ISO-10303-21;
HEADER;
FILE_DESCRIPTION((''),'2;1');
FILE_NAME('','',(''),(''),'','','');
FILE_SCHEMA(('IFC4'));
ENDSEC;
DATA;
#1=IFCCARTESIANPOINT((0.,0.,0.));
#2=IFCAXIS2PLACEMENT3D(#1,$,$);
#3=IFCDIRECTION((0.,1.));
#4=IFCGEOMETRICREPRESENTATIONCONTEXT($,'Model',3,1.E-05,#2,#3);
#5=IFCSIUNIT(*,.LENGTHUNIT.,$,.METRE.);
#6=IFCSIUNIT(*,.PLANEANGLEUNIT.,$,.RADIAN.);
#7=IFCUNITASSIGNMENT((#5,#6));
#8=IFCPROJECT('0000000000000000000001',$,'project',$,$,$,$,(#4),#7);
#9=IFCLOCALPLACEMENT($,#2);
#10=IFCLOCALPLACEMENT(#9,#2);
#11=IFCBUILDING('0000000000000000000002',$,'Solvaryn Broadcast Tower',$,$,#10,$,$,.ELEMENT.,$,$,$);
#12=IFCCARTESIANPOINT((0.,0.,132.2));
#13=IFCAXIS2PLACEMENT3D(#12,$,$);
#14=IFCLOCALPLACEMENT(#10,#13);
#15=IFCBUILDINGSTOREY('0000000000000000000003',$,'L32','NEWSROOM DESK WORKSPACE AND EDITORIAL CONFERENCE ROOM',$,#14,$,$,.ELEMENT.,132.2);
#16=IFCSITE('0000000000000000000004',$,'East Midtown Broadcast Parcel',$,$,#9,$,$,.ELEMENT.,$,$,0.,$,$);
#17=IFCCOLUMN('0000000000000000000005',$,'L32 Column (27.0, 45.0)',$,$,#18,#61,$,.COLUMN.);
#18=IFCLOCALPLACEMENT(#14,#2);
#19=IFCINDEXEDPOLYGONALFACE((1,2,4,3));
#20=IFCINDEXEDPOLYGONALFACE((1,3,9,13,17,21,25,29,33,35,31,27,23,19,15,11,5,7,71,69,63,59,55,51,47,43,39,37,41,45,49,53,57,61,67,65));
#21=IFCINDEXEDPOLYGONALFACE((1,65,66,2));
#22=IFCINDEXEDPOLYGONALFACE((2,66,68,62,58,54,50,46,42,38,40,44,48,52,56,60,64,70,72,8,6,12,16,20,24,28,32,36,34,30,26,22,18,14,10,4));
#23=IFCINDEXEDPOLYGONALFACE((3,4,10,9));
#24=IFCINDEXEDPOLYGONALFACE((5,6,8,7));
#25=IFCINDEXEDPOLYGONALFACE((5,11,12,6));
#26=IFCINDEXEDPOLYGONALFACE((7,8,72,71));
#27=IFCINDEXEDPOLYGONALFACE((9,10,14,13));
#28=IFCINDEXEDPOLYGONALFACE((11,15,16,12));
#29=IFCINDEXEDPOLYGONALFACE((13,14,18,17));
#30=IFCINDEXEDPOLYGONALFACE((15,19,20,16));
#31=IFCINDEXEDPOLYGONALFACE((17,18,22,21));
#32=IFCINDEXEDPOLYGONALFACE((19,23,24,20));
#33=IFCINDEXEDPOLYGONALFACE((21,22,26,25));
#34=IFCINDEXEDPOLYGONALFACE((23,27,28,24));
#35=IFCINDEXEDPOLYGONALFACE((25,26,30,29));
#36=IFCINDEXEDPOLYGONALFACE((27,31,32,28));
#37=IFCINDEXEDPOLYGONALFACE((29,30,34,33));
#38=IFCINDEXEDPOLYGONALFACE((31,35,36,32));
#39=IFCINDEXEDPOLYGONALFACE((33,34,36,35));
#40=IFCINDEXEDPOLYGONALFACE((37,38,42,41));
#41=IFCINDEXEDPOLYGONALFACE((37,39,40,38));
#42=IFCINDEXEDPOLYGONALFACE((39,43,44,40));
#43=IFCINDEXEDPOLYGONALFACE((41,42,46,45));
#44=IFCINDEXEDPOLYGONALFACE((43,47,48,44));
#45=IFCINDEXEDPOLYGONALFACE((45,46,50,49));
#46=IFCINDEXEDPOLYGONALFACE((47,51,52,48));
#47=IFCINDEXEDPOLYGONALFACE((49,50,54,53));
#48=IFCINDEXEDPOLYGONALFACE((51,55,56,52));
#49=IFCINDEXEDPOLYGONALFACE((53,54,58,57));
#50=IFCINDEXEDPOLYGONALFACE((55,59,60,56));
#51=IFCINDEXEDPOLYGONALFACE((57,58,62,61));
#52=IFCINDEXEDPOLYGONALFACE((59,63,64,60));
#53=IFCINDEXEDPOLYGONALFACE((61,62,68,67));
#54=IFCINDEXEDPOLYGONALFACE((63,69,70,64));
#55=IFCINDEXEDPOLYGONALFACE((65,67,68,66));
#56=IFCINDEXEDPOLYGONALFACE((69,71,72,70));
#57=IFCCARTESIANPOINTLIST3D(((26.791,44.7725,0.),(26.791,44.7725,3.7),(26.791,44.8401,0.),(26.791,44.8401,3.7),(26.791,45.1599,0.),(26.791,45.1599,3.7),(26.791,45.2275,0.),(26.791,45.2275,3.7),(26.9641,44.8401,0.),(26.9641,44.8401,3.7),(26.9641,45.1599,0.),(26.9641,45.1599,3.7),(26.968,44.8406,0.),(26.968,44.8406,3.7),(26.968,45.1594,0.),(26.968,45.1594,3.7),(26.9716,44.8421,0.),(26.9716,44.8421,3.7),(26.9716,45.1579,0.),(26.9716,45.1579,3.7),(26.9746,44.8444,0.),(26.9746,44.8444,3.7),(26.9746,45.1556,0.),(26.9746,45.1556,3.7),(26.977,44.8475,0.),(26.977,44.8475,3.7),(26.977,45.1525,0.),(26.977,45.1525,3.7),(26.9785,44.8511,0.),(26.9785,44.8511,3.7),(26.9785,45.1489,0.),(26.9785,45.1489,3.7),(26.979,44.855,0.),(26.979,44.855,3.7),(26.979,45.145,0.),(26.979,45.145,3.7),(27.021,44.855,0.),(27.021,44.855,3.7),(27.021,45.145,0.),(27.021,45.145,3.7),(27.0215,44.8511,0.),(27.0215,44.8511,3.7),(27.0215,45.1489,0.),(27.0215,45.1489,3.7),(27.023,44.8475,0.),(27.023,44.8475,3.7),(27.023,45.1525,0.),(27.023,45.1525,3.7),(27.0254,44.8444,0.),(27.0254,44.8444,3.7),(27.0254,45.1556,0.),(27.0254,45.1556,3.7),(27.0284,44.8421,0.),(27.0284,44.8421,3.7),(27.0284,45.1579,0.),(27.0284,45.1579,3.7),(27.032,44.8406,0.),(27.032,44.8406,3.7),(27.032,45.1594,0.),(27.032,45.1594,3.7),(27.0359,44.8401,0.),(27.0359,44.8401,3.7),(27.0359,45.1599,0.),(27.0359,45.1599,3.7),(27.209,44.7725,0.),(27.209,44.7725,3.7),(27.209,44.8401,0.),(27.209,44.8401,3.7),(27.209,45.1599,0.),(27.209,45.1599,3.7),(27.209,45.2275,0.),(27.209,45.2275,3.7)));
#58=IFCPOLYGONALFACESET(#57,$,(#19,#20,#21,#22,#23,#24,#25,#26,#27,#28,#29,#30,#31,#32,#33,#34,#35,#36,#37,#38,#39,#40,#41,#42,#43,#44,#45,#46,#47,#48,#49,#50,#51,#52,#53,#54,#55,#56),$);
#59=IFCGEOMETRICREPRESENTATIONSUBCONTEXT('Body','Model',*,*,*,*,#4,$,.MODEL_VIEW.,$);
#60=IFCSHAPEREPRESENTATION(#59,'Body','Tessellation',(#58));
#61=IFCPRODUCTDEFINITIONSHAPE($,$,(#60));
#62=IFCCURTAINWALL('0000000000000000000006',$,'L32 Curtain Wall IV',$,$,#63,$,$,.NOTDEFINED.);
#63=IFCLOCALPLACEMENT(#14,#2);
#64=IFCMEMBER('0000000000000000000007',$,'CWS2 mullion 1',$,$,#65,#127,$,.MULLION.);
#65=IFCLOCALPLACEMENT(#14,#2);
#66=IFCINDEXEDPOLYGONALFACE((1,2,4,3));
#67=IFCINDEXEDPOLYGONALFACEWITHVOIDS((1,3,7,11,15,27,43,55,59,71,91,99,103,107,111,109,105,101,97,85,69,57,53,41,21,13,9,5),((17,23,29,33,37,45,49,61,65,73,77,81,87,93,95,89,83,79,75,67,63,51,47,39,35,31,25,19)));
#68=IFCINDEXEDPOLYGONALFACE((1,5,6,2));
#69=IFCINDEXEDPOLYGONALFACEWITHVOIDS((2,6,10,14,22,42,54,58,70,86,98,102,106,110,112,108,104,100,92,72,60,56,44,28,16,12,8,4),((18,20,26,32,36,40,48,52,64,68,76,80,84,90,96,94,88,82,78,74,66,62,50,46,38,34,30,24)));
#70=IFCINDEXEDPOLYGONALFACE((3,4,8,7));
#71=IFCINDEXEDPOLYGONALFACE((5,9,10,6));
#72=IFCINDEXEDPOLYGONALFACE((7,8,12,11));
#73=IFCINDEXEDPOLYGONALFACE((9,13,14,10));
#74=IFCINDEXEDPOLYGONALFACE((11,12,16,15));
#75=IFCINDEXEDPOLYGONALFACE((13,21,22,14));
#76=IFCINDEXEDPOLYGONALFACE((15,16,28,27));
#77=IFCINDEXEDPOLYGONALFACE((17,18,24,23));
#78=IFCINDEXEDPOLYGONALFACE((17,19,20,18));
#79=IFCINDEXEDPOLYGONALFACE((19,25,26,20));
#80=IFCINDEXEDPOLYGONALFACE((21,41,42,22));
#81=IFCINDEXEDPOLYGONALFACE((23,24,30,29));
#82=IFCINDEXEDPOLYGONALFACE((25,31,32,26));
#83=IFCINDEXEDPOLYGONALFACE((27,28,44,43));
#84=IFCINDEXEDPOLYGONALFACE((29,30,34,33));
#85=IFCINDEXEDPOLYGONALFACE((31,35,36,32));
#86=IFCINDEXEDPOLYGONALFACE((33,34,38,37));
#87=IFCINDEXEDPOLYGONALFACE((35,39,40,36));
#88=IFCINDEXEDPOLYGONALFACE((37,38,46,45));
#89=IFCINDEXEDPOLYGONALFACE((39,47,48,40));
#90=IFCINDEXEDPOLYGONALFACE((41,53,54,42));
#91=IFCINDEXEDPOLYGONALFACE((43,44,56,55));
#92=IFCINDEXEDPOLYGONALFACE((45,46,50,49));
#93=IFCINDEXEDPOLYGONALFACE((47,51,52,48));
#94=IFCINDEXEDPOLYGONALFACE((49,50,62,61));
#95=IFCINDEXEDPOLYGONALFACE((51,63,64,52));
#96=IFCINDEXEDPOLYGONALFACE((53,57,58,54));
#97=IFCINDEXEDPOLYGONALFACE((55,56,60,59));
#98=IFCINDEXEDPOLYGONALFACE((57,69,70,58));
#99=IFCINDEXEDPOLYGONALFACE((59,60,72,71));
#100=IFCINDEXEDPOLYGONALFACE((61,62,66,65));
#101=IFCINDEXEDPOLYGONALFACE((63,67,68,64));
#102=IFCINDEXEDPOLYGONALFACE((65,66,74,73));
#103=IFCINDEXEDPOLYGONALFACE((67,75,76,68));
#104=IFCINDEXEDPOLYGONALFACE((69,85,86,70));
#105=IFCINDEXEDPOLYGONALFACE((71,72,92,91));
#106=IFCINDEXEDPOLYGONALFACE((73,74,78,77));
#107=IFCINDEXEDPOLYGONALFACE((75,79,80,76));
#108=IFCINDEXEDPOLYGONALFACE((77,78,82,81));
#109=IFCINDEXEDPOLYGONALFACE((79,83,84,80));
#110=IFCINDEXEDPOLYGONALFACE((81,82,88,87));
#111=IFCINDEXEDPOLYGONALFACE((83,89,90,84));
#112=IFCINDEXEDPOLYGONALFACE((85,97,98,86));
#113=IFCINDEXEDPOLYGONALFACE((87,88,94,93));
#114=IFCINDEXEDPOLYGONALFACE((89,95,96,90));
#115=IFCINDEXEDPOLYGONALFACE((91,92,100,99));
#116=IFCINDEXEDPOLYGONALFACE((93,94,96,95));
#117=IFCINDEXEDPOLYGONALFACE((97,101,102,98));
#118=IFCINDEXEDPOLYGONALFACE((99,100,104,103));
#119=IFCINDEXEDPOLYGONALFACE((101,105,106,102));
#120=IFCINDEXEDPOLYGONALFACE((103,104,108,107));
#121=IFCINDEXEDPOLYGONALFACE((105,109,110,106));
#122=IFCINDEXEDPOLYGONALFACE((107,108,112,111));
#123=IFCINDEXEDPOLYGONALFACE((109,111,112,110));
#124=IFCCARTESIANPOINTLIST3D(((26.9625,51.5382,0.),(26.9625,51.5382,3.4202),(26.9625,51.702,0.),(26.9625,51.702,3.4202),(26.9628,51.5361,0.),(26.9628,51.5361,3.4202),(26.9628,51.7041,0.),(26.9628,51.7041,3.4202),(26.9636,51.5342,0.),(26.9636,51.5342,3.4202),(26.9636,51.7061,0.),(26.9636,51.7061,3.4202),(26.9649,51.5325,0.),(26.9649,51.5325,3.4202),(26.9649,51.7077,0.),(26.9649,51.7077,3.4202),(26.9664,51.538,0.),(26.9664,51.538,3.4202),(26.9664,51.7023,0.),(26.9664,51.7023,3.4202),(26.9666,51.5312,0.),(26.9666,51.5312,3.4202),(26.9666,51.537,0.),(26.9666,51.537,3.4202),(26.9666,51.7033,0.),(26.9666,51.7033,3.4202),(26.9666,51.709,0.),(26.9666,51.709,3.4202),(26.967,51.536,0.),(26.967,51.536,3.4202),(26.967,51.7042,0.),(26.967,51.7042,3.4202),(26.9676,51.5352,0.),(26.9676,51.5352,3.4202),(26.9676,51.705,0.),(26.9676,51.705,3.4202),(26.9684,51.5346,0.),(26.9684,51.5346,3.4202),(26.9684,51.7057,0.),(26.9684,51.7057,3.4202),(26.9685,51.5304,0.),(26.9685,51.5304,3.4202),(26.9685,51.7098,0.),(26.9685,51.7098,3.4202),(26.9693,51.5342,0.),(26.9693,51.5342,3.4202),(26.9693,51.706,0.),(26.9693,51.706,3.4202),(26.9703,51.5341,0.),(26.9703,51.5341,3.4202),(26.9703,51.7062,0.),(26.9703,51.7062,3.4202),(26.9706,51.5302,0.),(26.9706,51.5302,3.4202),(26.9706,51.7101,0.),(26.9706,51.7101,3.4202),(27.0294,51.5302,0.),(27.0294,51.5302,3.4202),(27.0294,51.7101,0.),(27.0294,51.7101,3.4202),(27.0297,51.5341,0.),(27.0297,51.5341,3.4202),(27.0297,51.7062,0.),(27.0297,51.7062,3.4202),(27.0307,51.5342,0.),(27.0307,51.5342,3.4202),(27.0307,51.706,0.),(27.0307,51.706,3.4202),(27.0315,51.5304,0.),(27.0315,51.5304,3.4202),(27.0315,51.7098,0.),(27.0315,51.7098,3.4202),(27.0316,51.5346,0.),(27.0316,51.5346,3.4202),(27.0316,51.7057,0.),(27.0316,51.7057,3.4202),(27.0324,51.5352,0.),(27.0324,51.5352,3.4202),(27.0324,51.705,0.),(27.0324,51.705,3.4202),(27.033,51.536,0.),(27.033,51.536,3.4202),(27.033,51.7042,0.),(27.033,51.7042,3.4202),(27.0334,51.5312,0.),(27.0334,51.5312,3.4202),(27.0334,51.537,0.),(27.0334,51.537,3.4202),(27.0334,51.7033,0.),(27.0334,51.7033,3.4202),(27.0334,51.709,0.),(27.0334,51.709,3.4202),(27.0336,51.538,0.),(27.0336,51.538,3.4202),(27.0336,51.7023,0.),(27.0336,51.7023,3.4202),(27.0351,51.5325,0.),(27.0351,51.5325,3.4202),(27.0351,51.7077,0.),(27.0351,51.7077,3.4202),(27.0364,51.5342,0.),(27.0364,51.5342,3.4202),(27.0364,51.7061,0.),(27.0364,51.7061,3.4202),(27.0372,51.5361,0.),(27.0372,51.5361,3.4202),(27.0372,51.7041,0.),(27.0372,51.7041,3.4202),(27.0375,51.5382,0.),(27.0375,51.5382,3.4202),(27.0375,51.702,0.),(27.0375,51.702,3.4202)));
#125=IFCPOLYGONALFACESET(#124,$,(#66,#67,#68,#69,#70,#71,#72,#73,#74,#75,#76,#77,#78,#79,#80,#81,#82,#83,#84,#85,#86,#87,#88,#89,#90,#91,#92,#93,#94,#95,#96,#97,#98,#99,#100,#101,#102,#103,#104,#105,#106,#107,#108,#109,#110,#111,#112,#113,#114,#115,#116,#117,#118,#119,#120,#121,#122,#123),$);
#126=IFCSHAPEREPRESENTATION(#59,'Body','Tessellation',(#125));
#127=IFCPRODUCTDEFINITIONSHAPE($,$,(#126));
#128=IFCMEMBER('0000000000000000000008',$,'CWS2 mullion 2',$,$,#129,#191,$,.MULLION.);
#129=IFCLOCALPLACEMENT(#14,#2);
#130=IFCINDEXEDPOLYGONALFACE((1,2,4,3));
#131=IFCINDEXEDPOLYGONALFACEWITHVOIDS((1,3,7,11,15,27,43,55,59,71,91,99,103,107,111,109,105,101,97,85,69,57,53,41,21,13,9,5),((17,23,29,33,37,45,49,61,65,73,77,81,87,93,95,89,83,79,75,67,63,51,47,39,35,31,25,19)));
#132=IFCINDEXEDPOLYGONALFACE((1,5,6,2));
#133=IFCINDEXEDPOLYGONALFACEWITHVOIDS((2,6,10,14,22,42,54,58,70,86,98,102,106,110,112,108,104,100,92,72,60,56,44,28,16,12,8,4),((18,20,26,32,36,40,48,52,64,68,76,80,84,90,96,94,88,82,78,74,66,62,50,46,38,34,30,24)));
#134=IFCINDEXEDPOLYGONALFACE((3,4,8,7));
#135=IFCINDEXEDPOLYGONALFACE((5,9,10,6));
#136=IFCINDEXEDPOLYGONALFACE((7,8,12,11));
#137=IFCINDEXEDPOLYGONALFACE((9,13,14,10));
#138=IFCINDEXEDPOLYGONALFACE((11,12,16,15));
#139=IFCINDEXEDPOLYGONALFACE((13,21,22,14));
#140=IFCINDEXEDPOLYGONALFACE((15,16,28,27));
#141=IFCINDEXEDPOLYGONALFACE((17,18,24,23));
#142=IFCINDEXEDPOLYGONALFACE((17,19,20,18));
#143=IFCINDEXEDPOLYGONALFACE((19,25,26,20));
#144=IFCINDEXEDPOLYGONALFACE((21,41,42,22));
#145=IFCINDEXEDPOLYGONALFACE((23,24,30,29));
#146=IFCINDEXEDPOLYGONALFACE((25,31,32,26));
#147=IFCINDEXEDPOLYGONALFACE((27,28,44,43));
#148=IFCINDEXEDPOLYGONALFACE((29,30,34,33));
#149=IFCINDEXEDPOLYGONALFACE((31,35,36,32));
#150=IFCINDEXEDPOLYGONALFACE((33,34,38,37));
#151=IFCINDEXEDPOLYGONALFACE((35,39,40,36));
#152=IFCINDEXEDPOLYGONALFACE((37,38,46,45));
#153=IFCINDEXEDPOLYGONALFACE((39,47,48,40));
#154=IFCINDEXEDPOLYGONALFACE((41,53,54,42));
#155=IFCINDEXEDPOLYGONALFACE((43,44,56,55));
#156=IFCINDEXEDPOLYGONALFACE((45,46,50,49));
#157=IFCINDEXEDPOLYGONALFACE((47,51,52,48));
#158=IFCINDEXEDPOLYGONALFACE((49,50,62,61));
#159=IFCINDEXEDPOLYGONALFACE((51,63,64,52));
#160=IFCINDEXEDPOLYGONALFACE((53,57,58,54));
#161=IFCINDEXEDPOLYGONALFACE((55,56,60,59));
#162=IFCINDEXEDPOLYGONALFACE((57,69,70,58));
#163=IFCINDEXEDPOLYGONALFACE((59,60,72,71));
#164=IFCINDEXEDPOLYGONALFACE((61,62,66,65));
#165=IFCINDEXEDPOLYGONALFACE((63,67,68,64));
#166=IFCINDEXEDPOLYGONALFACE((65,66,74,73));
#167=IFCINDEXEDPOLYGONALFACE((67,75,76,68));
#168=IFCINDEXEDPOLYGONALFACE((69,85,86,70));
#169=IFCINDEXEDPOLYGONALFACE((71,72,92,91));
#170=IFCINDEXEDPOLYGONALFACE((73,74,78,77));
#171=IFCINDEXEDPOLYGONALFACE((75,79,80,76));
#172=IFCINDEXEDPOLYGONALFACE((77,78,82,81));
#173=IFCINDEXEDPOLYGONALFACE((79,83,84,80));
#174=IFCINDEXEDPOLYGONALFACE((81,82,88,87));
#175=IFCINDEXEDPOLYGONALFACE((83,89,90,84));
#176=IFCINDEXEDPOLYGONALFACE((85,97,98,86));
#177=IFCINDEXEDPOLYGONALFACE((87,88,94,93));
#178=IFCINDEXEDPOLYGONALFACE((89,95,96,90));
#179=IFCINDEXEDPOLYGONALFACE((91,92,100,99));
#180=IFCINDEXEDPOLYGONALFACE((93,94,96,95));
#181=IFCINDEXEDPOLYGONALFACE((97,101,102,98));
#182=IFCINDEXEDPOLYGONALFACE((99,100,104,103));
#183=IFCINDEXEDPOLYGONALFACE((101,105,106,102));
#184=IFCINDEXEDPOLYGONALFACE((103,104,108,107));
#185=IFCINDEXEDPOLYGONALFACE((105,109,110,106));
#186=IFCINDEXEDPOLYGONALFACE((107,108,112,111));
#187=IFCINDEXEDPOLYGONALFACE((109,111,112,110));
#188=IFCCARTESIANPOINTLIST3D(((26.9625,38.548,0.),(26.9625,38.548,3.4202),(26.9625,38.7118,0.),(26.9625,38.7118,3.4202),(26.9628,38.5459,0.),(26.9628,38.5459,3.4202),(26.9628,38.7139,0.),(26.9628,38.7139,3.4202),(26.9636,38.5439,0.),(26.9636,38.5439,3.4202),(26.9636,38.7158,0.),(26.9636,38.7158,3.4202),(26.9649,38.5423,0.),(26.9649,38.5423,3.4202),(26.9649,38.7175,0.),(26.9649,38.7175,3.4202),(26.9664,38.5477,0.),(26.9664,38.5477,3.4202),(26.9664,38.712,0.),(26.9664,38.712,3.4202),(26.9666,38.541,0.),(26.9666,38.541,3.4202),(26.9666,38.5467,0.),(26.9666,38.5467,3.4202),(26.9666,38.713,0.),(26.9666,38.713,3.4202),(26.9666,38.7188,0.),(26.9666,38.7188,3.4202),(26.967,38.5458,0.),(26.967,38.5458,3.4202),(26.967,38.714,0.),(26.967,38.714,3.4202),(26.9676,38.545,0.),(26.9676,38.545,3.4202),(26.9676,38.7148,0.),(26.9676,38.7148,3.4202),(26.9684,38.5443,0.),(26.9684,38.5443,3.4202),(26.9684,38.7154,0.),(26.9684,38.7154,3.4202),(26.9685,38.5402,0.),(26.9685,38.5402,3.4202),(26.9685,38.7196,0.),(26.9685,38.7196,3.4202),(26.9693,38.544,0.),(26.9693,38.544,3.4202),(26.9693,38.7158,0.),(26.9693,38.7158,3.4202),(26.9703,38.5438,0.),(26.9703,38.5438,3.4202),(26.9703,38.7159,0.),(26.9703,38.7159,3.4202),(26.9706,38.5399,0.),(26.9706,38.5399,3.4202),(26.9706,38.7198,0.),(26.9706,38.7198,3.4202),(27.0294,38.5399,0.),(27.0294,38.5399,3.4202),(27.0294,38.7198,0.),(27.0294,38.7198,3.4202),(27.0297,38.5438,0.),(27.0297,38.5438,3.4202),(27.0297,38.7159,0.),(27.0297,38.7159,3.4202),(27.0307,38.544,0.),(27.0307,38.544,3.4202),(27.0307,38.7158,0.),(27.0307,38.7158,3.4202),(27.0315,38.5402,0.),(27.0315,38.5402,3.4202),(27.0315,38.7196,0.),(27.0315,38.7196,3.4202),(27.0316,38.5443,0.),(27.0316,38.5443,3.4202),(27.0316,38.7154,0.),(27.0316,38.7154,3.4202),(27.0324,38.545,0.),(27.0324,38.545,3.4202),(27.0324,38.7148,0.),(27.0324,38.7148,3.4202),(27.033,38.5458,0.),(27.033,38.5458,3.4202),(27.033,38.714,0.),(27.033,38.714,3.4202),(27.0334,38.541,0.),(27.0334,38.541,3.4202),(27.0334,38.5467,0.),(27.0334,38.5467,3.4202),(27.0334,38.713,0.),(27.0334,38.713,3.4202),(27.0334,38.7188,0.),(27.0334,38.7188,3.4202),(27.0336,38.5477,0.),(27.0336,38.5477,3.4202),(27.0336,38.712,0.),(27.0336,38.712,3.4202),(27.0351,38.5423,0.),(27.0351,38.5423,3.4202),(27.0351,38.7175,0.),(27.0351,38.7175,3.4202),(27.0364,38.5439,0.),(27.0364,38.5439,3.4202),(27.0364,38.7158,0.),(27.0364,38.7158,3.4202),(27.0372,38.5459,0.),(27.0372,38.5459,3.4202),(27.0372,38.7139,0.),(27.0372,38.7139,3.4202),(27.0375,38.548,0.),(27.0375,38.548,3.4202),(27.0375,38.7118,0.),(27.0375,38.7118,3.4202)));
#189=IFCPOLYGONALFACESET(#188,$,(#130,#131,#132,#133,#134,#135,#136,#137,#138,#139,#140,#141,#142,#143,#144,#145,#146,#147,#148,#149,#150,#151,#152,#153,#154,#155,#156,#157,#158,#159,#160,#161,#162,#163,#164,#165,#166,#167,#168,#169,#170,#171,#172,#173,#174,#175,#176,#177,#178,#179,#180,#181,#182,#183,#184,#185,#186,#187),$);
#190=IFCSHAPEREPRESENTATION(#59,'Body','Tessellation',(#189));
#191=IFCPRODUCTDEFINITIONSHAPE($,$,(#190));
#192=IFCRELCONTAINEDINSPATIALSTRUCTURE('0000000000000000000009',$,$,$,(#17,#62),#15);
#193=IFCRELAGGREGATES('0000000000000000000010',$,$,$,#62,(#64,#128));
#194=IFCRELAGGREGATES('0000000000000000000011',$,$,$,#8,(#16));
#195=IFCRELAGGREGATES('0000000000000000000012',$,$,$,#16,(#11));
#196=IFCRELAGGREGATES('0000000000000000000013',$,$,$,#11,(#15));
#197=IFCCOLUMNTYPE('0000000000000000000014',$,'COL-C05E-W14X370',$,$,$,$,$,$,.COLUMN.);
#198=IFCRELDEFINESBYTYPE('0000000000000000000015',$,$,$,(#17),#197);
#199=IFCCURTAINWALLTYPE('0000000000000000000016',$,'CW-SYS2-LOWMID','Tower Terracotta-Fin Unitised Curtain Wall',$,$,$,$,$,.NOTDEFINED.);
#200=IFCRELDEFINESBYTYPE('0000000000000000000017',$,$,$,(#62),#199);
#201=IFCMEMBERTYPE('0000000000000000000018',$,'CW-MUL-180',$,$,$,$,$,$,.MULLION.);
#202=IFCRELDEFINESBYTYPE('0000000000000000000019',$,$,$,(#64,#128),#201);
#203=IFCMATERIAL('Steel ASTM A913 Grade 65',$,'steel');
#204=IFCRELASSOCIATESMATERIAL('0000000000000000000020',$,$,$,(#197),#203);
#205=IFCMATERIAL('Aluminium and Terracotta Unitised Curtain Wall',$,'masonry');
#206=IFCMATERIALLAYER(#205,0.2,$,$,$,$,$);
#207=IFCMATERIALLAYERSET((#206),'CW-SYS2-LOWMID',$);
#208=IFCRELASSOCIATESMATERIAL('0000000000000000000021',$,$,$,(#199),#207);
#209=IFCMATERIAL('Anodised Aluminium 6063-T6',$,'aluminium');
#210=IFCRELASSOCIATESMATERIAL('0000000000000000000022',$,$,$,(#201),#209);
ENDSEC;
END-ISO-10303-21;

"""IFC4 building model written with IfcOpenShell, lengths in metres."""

from ifc_helpers import new_model, si_unit, direction, frame, origin, origin_2d, place, context, subcontext, project, spatial, hollow_rectangle, i_section, extrude, material, layer, layer_set, material_profile, profile_set, type_object, element, aggregate, save


model = new_model("IFC4")

# Units and contexts
model_context = context("Model", 3, precision=1e-05, world=origin(), true_north=direction((0.0, 1.0)))
body_context = subcontext(model_context, "Body", "Model", "MODEL_VIEW")
ifc_project = project(units=[si_unit("LENGTHUNIT", "METRE"), si_unit("PLANEANGLEUNIT", "RADIAN")], contexts=[model_context])

# Site, building, storey
site_placement = place(None, origin())
site = spatial("IfcSite", under=ifc_project, at=site_placement, Name="East Midtown Broadcast Parcel", CompositionType="ELEMENT", RefElevation=0.0)
building_placement = place(site_placement, origin())
building = spatial("IfcBuilding", under=site, at=building_placement, Name="Solvaryn Broadcast Tower", CompositionType="ELEMENT")
storey_placement = place(building_placement, frame((0.0, 0.0, 132.2)))
storey = spatial("IfcBuildingStorey", under=building, at=storey_placement, Name="L32", Description="NEWSROOM DESK WORKSPACE AND EDITORIAL CONFERENCE ROOM", CompositionType="ELEMENT", Elevation=132.2)

# Column
ifc_material_1 = material(Name="Steel ASTM A913 Grade 65", Category="steel")
ifc_material_profile_1 = material_profile(ifc_material_1, i_section(OverallWidth=0.418, OverallDepth=0.4551, WebThickness=0.042, FlangeThickness=0.0676, FilletRadius=0.0149, at=origin_2d()))
ifc_profile_set_1 = profile_set([ifc_material_profile_1], Name="Steel ASTM A913 Grade 65")
column_type = type_object("IfcColumnType", Name="COL-C05E-W14X370", PredefinedType="COLUMN", material=ifc_profile_set_1)
column_placement = place(storey_placement, frame((27.0, 45.0, 0.0), z_axis=(0.0, 0.0, 1.0), x_axis=(1.0, 0.0, 0.0)))
element("IfcColumn", 1, at=column_placement, inside=storey, type_object=column_type, Name="L32 Column (27.0, 45.0)", PredefinedType="COLUMN", context=body_context, shape_type="SweptSolid", body=[
    extrude(i_section(OverallWidth=0.418, OverallDepth=0.4551, WebThickness=0.042, FlangeThickness=0.0676, FilletRadius=0.0149, at=origin_2d()), origin(), (0.0, 0.0, 1.0), 3.7),
])

# Curtain wall, members
ifc_material_2 = material(Name="Aluminium and Terracotta Unitised Curtain Wall", Category="masonry")
ifc_layer_1 = layer(ifc_material_2, 0.2)
ifc_layer_set_1 = layer_set([ifc_layer_1], Name="CW-SYS2-LOWMID")
curtain_wall_type = type_object("IfcCurtainWallType", Name="CW-SYS2-LOWMID", Description="Tower Terracotta-Fin Unitised Curtain Wall", PredefinedType="NOTDEFINED", material=ifc_layer_set_1)
curtain_wall_1_placement = place(storey_placement, origin())
curtain_wall_1 = element("IfcCurtainWall", 2, at=curtain_wall_1_placement, inside=storey, type_object=curtain_wall_type, Name="L32 Curtain Wall IV", PredefinedType="NOTDEFINED")
ifc_material_3 = material(Name="Anodised Aluminium 6063-T6", Category="aluminium")
ifc_material_profile_2 = material_profile(ifc_material_3, hollow_rectangle(XDim=0.075, YDim=0.1799, WallThickness=0.0039, InnerFilletRadius=0.0039, OuterFilletRadius=0.0081, at=origin_2d()))
ifc_profile_set_2 = profile_set([ifc_material_profile_2], Name="Anodised Aluminium 6063-T6")
member_type_1 = type_object("IfcMemberType", Name="CW-MUL-180", PredefinedType="MULLION", material=ifc_profile_set_2)
member_1_placement = place(storey_placement, frame((27.0, 51.6201, 0.0), z_axis=(0.0, 0.0, 1.0), x_axis=(1.0, 0.0, 0.0)))
member_1 = element("IfcMember", 3, at=member_1_placement, type_object=member_type_1, Name="CWS2 mullion 1", PredefinedType="MULLION", context=body_context, shape_type="SweptSolid", body=[
    extrude(hollow_rectangle(XDim=0.075, YDim=0.1799, WallThickness=0.0039, InnerFilletRadius=0.0039, OuterFilletRadius=0.0081, at=origin_2d()), origin(), (0.0, 0.0, 1.0), 3.4202),
])
member_2_placement = place(storey_placement, frame((27.0, 38.6299, 0.0), z_axis=(0.0, 0.0, 1.0), x_axis=(1.0, 0.0, 0.0)))
member_2 = element("IfcMember", 4, at=member_2_placement, type_object=member_type_1, Name="CWS2 mullion 2", PredefinedType="MULLION", context=body_context, shape_type="SweptSolid", body=[
    extrude(hollow_rectangle(XDim=0.075, YDim=0.1799, WallThickness=0.0039, InnerFilletRadius=0.0039, OuterFilletRadius=0.0081, at=origin_2d()), origin(), (0.0, 0.0, 1.0), 3.4202),
])

aggregate(curtain_wall_1, [member_1, member_2])

save(model, "model.ifc")
